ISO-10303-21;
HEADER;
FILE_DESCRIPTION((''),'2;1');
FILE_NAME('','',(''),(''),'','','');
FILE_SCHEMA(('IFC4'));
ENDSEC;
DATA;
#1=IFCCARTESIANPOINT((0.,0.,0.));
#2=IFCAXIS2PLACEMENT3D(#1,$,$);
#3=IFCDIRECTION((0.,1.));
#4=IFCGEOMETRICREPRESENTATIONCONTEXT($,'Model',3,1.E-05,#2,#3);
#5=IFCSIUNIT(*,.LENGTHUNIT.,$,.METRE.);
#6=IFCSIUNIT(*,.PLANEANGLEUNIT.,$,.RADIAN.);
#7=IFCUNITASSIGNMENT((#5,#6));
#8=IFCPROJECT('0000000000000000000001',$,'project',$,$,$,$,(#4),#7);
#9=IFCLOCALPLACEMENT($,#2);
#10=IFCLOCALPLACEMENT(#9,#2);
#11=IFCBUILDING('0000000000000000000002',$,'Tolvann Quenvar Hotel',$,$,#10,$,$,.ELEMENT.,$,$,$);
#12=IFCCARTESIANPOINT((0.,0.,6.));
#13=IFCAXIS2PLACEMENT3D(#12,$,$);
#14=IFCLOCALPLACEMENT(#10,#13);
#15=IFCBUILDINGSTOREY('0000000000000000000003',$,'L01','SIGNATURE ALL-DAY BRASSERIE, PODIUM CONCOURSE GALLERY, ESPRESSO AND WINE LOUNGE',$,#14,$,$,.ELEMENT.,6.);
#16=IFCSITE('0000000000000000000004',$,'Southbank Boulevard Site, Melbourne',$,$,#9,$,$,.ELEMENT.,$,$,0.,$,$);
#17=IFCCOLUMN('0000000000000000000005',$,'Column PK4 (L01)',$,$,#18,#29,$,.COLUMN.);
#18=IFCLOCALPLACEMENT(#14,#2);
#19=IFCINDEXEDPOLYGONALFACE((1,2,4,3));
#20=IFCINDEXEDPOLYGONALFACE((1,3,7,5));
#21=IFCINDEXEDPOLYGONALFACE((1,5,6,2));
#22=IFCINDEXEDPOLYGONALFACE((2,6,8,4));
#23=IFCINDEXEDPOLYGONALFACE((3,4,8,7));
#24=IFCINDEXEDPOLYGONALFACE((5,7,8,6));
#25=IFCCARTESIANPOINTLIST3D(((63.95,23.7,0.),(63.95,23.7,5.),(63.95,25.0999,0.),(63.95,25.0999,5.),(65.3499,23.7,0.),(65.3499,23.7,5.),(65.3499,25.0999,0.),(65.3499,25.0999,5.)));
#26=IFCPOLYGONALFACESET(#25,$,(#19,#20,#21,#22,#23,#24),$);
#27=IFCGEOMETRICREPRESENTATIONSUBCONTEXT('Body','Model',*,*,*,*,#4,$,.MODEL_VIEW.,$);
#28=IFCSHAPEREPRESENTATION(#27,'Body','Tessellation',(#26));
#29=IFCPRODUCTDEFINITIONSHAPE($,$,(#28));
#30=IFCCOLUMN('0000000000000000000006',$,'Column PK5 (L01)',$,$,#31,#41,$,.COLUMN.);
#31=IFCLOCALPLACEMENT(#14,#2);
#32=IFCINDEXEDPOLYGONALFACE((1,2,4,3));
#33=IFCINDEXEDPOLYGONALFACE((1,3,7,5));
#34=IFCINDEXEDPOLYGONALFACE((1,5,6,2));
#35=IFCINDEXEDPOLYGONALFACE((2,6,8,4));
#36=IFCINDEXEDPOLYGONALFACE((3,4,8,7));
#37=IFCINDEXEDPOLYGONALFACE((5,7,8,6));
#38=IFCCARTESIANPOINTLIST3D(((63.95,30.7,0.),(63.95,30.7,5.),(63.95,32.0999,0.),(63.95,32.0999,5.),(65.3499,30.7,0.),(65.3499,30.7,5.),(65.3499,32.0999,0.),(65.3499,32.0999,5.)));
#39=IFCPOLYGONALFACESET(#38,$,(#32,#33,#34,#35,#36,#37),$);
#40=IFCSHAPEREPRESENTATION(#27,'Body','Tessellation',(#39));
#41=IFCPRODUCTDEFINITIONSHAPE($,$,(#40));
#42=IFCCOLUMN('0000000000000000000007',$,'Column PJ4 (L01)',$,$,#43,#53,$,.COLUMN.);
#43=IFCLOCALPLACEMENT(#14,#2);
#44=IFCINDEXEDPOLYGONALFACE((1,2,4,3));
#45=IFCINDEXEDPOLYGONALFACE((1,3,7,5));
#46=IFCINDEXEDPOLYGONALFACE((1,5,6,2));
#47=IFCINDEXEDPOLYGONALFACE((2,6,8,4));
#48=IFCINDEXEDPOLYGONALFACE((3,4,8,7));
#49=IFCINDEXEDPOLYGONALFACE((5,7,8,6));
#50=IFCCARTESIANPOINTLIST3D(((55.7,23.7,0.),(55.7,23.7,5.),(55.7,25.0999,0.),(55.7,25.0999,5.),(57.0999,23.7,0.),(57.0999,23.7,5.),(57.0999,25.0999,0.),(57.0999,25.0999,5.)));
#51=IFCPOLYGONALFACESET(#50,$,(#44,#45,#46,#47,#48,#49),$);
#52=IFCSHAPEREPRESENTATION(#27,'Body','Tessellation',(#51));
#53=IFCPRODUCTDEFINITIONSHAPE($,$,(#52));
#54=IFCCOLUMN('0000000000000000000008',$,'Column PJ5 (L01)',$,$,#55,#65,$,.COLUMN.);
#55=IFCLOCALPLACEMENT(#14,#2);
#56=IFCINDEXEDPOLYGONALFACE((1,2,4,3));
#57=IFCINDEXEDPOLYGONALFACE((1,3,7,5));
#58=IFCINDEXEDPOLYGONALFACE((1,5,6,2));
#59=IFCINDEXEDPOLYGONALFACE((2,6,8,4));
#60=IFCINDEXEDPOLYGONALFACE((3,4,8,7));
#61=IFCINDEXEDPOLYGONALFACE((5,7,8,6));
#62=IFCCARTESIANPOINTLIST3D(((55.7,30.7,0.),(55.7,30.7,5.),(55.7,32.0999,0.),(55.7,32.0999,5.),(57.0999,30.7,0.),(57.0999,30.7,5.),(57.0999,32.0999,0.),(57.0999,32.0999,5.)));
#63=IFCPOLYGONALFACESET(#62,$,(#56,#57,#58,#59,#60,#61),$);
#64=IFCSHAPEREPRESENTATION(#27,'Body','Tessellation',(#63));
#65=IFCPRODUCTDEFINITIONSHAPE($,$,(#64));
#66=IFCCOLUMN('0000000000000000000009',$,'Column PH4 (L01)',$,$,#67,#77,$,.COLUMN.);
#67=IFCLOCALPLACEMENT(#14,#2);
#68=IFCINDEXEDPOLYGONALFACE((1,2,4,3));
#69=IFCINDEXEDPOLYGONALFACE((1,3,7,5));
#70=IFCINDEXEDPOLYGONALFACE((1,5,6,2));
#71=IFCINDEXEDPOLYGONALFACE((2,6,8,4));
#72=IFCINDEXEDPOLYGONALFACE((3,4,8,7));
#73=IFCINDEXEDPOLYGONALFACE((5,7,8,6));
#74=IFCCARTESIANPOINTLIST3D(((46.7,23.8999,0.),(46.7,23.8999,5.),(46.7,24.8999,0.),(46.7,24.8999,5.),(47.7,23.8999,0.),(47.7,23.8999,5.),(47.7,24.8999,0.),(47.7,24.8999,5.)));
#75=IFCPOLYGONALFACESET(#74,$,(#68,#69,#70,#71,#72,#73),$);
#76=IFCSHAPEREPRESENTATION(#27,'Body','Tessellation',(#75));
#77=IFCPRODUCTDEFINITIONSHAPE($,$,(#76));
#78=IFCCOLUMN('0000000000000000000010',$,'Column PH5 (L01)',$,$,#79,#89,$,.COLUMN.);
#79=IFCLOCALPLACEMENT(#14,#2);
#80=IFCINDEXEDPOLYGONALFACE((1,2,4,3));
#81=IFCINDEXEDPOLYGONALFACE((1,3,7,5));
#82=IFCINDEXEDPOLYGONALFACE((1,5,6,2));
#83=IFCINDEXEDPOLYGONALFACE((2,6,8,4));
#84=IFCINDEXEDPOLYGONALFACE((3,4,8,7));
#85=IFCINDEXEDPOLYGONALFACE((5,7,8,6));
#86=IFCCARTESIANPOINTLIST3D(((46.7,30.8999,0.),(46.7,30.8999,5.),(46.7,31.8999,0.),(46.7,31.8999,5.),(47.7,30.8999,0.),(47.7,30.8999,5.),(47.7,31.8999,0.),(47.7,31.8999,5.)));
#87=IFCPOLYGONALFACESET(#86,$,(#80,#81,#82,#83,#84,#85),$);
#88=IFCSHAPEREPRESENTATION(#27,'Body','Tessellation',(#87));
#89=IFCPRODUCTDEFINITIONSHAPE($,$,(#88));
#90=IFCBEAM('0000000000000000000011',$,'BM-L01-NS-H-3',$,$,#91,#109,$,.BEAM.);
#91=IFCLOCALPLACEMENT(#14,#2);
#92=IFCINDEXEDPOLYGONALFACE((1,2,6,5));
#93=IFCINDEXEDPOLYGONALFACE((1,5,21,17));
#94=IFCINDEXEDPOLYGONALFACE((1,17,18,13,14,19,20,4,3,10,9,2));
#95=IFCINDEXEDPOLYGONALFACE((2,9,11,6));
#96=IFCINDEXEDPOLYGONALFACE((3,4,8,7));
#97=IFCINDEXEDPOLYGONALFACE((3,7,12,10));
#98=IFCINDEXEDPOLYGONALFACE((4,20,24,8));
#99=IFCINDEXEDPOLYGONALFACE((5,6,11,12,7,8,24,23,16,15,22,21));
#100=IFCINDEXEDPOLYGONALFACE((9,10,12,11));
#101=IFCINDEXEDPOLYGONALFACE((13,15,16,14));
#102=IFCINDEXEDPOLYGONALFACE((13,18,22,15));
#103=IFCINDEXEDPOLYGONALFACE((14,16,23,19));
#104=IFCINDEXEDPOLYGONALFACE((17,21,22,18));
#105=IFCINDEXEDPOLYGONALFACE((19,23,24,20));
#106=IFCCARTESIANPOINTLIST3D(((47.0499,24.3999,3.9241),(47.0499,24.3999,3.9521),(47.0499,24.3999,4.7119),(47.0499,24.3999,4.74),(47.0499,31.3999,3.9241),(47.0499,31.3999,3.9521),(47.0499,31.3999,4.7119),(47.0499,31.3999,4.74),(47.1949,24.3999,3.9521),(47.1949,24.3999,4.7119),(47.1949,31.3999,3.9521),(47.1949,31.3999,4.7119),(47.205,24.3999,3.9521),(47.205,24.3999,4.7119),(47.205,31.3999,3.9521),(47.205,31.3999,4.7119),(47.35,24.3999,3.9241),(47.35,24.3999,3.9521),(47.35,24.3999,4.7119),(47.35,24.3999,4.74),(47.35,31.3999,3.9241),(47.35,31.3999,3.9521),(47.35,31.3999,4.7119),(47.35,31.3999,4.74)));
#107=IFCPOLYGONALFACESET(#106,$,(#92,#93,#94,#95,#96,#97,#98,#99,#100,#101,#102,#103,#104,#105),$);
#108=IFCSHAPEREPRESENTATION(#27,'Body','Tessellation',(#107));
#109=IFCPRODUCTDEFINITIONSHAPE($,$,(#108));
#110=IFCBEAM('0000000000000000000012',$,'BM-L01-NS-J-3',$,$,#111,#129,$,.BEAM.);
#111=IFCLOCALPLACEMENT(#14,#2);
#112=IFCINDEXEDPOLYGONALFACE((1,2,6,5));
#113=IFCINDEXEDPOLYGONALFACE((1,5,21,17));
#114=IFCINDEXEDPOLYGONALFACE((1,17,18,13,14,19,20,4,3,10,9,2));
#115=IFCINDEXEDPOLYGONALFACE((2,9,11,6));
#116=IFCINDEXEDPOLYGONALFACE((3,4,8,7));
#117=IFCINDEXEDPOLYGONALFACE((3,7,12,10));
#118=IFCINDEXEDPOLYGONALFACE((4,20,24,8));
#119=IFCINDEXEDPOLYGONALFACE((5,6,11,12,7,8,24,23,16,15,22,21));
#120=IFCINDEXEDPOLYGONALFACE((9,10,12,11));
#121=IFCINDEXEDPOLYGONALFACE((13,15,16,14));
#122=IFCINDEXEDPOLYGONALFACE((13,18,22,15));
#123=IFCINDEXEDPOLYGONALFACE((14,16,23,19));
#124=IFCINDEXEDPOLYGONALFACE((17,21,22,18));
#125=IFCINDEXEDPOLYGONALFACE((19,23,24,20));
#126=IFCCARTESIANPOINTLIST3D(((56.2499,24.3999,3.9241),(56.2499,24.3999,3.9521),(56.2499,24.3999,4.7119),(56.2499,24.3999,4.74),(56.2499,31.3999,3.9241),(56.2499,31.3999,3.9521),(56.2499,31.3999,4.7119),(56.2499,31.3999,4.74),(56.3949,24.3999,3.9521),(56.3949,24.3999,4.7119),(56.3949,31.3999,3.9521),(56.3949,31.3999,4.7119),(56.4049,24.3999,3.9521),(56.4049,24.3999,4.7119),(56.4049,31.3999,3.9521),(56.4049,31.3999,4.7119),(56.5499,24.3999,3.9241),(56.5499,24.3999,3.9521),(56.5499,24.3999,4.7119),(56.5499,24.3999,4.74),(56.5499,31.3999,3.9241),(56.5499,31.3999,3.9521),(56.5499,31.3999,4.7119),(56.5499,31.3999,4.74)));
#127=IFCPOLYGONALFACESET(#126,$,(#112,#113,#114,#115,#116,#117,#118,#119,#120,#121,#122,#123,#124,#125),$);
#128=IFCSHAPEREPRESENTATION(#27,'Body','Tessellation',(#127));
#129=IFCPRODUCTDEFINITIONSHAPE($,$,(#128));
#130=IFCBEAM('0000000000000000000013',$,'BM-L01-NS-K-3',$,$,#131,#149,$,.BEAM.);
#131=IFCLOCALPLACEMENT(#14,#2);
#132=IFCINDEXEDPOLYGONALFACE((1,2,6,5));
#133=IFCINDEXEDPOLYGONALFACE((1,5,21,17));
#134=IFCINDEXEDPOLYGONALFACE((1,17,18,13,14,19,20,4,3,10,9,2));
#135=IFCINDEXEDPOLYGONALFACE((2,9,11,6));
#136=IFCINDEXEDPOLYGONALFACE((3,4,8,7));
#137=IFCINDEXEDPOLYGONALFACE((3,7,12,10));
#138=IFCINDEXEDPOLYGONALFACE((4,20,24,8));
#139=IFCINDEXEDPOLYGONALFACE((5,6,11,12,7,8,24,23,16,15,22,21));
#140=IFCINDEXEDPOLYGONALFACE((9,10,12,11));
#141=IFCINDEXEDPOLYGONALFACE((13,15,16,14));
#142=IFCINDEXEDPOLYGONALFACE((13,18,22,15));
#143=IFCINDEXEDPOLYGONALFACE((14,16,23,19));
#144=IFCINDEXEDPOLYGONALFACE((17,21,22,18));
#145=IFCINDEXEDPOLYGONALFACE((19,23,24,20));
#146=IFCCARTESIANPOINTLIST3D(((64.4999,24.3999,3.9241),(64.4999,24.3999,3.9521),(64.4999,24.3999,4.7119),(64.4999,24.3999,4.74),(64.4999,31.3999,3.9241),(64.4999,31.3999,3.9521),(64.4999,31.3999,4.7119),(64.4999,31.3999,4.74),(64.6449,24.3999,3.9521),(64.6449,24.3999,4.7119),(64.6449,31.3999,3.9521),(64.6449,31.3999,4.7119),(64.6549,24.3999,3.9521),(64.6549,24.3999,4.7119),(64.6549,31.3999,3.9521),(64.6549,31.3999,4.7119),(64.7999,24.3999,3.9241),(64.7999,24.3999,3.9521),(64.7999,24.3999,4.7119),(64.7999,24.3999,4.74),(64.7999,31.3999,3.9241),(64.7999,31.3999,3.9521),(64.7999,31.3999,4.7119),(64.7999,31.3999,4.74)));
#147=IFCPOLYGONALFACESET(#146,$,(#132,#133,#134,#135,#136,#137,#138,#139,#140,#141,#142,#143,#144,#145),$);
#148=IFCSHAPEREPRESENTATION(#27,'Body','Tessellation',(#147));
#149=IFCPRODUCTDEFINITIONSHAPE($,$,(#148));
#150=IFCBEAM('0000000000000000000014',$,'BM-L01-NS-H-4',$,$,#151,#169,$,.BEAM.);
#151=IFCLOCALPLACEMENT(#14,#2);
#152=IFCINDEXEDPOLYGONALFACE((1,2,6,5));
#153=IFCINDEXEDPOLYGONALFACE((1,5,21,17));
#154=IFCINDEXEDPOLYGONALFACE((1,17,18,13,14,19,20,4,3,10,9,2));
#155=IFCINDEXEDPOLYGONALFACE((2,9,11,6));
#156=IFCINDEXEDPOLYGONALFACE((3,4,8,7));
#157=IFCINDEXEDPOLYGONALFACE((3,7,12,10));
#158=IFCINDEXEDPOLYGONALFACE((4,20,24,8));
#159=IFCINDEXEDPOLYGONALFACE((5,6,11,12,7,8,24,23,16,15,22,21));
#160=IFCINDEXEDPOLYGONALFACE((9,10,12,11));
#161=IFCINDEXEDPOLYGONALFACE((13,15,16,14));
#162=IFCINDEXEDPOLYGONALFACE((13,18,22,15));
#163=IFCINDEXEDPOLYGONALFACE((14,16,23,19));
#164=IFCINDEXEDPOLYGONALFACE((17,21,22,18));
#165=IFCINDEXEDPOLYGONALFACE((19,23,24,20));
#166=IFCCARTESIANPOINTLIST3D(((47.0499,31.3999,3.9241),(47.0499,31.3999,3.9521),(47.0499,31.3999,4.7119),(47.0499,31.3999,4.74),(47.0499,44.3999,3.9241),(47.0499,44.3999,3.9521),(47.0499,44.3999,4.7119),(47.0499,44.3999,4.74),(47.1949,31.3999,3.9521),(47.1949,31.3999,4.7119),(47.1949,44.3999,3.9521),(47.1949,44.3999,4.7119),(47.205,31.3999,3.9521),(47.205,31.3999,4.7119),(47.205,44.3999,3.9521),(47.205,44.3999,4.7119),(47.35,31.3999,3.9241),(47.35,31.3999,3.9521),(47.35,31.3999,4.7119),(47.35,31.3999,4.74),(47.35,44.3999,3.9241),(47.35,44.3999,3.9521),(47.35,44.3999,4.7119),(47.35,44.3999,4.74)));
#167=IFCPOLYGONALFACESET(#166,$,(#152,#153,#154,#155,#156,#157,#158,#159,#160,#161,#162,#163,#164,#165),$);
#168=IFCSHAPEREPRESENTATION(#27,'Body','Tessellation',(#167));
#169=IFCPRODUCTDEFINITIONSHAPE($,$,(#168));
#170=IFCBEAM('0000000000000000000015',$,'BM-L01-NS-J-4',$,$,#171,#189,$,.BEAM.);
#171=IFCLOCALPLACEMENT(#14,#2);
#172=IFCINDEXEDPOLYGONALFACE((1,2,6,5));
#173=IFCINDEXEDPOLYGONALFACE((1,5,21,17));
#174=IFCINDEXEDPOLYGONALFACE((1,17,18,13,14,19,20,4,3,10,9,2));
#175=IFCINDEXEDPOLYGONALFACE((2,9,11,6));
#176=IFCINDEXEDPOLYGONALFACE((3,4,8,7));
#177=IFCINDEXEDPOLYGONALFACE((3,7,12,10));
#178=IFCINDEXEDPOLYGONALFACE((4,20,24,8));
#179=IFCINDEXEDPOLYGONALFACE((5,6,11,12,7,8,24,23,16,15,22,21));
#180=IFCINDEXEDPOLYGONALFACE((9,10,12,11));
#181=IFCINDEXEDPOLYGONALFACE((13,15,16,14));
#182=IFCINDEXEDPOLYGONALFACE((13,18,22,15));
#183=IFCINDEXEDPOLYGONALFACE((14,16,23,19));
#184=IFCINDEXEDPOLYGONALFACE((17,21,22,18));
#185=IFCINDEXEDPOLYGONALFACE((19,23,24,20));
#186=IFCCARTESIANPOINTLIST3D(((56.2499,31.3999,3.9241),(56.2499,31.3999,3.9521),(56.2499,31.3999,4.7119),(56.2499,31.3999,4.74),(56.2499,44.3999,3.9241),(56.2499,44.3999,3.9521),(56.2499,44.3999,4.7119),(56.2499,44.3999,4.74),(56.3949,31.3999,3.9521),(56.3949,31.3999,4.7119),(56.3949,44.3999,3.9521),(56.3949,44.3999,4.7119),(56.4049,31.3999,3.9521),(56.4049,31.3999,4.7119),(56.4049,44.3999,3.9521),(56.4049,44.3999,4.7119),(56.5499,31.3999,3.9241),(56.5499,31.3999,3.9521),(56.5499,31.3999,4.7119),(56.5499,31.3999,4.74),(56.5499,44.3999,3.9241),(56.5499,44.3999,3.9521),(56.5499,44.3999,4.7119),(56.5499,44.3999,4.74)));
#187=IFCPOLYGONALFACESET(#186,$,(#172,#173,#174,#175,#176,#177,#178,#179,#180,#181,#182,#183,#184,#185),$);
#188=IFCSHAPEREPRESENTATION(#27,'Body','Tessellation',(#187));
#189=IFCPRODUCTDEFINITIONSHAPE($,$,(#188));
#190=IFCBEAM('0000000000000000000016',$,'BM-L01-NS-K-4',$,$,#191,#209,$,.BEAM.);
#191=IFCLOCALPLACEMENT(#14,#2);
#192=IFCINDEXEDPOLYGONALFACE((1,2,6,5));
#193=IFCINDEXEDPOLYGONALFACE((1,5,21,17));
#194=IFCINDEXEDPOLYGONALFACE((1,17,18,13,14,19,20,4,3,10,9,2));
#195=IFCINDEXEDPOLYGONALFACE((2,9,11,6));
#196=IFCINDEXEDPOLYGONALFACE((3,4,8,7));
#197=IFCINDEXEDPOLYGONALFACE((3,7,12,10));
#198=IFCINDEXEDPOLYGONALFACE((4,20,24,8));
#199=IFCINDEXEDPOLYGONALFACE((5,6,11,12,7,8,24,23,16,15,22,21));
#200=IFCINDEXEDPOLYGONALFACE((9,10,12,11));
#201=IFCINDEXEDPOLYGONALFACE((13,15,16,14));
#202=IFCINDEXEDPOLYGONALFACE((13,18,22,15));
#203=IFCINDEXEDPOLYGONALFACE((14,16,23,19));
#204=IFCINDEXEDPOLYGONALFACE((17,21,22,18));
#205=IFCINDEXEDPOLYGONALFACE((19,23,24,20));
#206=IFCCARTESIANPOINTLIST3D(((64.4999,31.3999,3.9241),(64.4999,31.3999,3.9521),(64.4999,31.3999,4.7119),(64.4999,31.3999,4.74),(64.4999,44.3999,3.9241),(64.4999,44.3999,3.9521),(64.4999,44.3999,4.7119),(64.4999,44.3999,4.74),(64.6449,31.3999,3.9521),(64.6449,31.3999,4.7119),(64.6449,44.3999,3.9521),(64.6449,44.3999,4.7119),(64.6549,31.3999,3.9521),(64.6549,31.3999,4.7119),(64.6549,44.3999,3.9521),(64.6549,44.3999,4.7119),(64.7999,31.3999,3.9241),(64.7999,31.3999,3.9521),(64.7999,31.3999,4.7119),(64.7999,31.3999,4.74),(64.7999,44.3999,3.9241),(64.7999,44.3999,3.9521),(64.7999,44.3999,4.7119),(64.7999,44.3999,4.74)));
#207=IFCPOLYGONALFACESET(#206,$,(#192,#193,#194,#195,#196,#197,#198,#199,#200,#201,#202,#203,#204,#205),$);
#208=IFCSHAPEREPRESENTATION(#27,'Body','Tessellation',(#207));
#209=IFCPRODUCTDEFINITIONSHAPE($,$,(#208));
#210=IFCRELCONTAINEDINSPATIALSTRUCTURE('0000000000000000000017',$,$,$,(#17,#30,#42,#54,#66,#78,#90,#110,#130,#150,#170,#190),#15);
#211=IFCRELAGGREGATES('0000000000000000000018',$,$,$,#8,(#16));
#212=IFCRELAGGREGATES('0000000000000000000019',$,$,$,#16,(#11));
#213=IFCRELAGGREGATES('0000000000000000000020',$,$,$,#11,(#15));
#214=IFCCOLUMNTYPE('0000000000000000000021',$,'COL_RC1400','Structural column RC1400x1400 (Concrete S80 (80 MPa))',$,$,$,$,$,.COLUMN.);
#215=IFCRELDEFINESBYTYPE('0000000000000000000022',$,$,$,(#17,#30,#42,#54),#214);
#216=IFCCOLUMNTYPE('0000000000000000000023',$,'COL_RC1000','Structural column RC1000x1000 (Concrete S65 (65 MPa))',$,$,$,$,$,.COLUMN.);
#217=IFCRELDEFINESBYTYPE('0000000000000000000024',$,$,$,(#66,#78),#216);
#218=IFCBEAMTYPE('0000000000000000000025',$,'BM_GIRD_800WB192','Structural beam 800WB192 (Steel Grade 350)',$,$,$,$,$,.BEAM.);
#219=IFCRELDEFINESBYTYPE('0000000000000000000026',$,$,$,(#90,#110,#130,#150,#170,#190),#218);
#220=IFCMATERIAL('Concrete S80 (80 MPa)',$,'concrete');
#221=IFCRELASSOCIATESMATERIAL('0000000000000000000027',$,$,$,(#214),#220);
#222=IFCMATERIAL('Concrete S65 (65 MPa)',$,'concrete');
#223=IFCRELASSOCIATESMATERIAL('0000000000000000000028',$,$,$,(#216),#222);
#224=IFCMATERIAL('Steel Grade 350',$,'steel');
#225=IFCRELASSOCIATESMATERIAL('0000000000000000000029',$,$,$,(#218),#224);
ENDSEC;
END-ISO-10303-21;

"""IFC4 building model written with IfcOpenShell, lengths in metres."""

from ifc_helpers import new_model, si_unit, direction, frame, origin, origin_2d, place, context, subcontext, project, spatial, rectangle, i_section, extrude, source, transform, mapped, material, material_profile, profile_set, type_object, type_shapes, element, save


model = new_model("IFC4")

# Units and contexts
model_context = context("Model", 3, precision=1e-05, world=origin(), true_north=direction((0.0, 1.0)))
body_context = subcontext(model_context, "Body", "Model", "MODEL_VIEW")
ifc_project = project(units=[si_unit("LENGTHUNIT", "METRE"), si_unit("PLANEANGLEUNIT", "RADIAN")], contexts=[model_context])

# Site, building, storey
site_placement = place(None, origin())
site = spatial("IfcSite", under=ifc_project, at=site_placement, Name="Southbank Boulevard Site, Melbourne", CompositionType="ELEMENT", RefElevation=0.0)
building_placement = place(site_placement, origin())
building = spatial("IfcBuilding", under=site, at=building_placement, Name="Tolvann Quenvar Hotel", CompositionType="ELEMENT")
storey_placement = place(building_placement, frame((0.0, 0.0, 6.0)))
storey = spatial("IfcBuildingStorey", under=building, at=storey_placement, Name="L01", Description="SIGNATURE ALL-DAY BRASSERIE, PODIUM CONCOURSE GALLERY, ESPRESSO AND WINE LOUNGE", CompositionType="ELEMENT", Elevation=6.0)

# Columns
ifc_material_1 = material(Name="Concrete S80 (80 MPa)", Category="concrete")
ifc_material_profile_1 = material_profile(ifc_material_1, rectangle(XDim=1.3999, YDim=1.3999, at=origin_2d()), Name="RC1400x1400")
ifc_profile_set_1 = profile_set([ifc_material_profile_1], Name="Concrete S80 (80 MPa)")
column_type_1 = type_object("IfcColumnType", Name="COL_RC1400", Description="Structural column RC1400x1400 (Concrete S80 (80 MPa))", PredefinedType="COLUMN", material=ifc_profile_set_1)
shared_shape_1 = source(origin(), body_context, "Body", "SweptSolid", [
    extrude(rectangle(XDim=1.3999, YDim=1.3999, at=origin_2d()), origin(), (0.0, 0.0, 1.0), 5.0),
])
type_shapes(column_type_1, [shared_shape_1])
for number, where, z_axis, x_axis, name in (
    (1, (64.6499, 24.3999, 0.0), (0.0, 0.0, 1.0), (1.0, 0.0, 0.0), "Column PK4 (L01)"),
    (2, (64.6499, 31.3999, 0.0), (0.0, 0.0, 1.0), (1.0, 0.0, 0.0), "Column PK5 (L01)"),
    (3, (56.3999, 24.3999, 0.0), (0.0, 0.0, 1.0), (1.0, 0.0, 0.0), "Column PJ4 (L01)"),
    (4, (56.3999, 31.3999, 0.0), (0.0, 0.0, 1.0), (1.0, 0.0, 0.0), "Column PJ5 (L01)"),
):
    element("IfcColumn", number, at=place(storey_placement, frame(where, z_axis=z_axis, x_axis=x_axis)), inside=storey, type_object=column_type_1, Name=name, PredefinedType="COLUMN", context=body_context, shape_type="MappedRepresentation", body=[
        mapped(shared_shape_1, transform((0.0, 0.0, 0.0), x_axis=(1.0, 0.0, 0.0), y_axis=(0.0, 1.0, 0.0), z_axis=(0.0, 0.0, 1.0), scale=1.0)),
    ])
ifc_material_2 = material(Name="Concrete S65 (65 MPa)", Category="concrete")
ifc_material_profile_2 = material_profile(ifc_material_2, rectangle(XDim=1.0, YDim=1.0, at=origin_2d()), Name="RC1000x1000")
ifc_profile_set_2 = profile_set([ifc_material_profile_2], Name="Concrete S65 (65 MPa)")
column_type_2 = type_object("IfcColumnType", Name="COL_RC1000", Description="Structural column RC1000x1000 (Concrete S65 (65 MPa))", PredefinedType="COLUMN", material=ifc_profile_set_2)
shared_shape_2 = source(origin(), body_context, "Body", "SweptSolid", [
    extrude(rectangle(XDim=1.0, YDim=1.0, at=origin_2d()), origin(), (0.0, 0.0, 1.0), 5.0),
])
type_shapes(column_type_2, [shared_shape_2])
for number, where, z_axis, x_axis, name in (
    (5, (47.2, 24.3999, 0.0), (0.0, 0.0, 1.0), (1.0, 0.0, 0.0), "Column PH4 (L01)"),
    (6, (47.2, 31.3999, 0.0), (0.0, 0.0, 1.0), (1.0, 0.0, 0.0), "Column PH5 (L01)"),
):
    element("IfcColumn", number, at=place(storey_placement, frame(where, z_axis=z_axis, x_axis=x_axis)), inside=storey, type_object=column_type_2, Name=name, PredefinedType="COLUMN", context=body_context, shape_type="MappedRepresentation", body=[
        mapped(shared_shape_2, transform((0.0, 0.0, 0.0), x_axis=(1.0, 0.0, 0.0), y_axis=(0.0, 1.0, 0.0), z_axis=(0.0, 0.0, 1.0), scale=1.0)),
    ])

# Beams
ifc_material_3 = material(Name="Steel Grade 350", Category="steel")
ifc_material_profile_3 = material_profile(ifc_material_3, i_section(OverallWidth=0.3, OverallDepth=0.8159, WebThickness=0.01, FlangeThickness=0.0281, at=origin_2d()), Name="800WB192")
ifc_profile_set_3 = profile_set([ifc_material_profile_3], Name="Steel Grade 350")
beam_type_1 = type_object("IfcBeamType", Name="BM_GIRD_800WB192", Description="Structural beam 800WB192 (Steel Grade 350)", PredefinedType="BEAM", material=ifc_profile_set_3)
shared_shape_3 = source(origin(), body_context, "Body", "SweptSolid", [
    extrude(i_section(OverallWidth=0.3, OverallDepth=0.8159, WebThickness=0.01, FlangeThickness=0.0281, at=origin_2d()), origin(), (0.0, 0.0, 1.0), 7.0),
])
for number, where, z_axis, x_axis, name in (
    (7, (47.2, 24.3999, 4.332), (0.0, 1.0, 0.0), (-1.0, 0.0, 0.0), "BM-L01-NS-H-3"),
    (8, (56.3999, 24.3999, 4.332), (0.0, 1.0, 0.0), (-1.0, 0.0, 0.0), "BM-L01-NS-J-3"),
    (9, (64.6499, 24.3999, 4.332), (0.0, 1.0, 0.0), (-1.0, 0.0, 0.0), "BM-L01-NS-K-3"),
):
    element("IfcBeam", number, at=place(storey_placement, frame(where, z_axis=z_axis, x_axis=x_axis)), inside=storey, type_object=beam_type_1, Name=name, PredefinedType="BEAM", context=body_context, shape_type="MappedRepresentation", body=[
        mapped(shared_shape_3, transform((0.0, 0.0, 0.0), x_axis=(1.0, 0.0, 0.0), y_axis=(0.0, 1.0, 0.0), z_axis=(0.0, 0.0, 1.0), scale=1.0)),
    ])
shared_shape_4 = source(origin(), body_context, "Body", "SweptSolid", [
    extrude(i_section(OverallWidth=0.3, OverallDepth=0.8159, WebThickness=0.01, FlangeThickness=0.0281, at=origin_2d()), origin(), (0.0, 0.0, 1.0), 13.0),
])
for number, where, z_axis, x_axis, name in (
    (10, (47.2, 31.3999, 4.332), (0.0, 1.0, 0.0), (-1.0, 0.0, 0.0), "BM-L01-NS-H-4"),
    (11, (56.3999, 31.3999, 4.332), (0.0, 1.0, 0.0), (-1.0, 0.0, 0.0), "BM-L01-NS-J-4"),
    (12, (64.6499, 31.3999, 4.332), (0.0, 1.0, 0.0), (-1.0, 0.0, 0.0), "BM-L01-NS-K-4"),
):
    element("IfcBeam", number, at=place(storey_placement, frame(where, z_axis=z_axis, x_axis=x_axis)), inside=storey, type_object=beam_type_1, Name=name, PredefinedType="BEAM", context=body_context, shape_type="MappedRepresentation", body=[
        mapped(shared_shape_4, transform((0.0, 0.0, 0.0), x_axis=(1.0, 0.0, 0.0), y_axis=(0.0, 1.0, 0.0), z_axis=(0.0, 0.0, 1.0), scale=1.0)),
    ])

save(model, "model.ifc")
